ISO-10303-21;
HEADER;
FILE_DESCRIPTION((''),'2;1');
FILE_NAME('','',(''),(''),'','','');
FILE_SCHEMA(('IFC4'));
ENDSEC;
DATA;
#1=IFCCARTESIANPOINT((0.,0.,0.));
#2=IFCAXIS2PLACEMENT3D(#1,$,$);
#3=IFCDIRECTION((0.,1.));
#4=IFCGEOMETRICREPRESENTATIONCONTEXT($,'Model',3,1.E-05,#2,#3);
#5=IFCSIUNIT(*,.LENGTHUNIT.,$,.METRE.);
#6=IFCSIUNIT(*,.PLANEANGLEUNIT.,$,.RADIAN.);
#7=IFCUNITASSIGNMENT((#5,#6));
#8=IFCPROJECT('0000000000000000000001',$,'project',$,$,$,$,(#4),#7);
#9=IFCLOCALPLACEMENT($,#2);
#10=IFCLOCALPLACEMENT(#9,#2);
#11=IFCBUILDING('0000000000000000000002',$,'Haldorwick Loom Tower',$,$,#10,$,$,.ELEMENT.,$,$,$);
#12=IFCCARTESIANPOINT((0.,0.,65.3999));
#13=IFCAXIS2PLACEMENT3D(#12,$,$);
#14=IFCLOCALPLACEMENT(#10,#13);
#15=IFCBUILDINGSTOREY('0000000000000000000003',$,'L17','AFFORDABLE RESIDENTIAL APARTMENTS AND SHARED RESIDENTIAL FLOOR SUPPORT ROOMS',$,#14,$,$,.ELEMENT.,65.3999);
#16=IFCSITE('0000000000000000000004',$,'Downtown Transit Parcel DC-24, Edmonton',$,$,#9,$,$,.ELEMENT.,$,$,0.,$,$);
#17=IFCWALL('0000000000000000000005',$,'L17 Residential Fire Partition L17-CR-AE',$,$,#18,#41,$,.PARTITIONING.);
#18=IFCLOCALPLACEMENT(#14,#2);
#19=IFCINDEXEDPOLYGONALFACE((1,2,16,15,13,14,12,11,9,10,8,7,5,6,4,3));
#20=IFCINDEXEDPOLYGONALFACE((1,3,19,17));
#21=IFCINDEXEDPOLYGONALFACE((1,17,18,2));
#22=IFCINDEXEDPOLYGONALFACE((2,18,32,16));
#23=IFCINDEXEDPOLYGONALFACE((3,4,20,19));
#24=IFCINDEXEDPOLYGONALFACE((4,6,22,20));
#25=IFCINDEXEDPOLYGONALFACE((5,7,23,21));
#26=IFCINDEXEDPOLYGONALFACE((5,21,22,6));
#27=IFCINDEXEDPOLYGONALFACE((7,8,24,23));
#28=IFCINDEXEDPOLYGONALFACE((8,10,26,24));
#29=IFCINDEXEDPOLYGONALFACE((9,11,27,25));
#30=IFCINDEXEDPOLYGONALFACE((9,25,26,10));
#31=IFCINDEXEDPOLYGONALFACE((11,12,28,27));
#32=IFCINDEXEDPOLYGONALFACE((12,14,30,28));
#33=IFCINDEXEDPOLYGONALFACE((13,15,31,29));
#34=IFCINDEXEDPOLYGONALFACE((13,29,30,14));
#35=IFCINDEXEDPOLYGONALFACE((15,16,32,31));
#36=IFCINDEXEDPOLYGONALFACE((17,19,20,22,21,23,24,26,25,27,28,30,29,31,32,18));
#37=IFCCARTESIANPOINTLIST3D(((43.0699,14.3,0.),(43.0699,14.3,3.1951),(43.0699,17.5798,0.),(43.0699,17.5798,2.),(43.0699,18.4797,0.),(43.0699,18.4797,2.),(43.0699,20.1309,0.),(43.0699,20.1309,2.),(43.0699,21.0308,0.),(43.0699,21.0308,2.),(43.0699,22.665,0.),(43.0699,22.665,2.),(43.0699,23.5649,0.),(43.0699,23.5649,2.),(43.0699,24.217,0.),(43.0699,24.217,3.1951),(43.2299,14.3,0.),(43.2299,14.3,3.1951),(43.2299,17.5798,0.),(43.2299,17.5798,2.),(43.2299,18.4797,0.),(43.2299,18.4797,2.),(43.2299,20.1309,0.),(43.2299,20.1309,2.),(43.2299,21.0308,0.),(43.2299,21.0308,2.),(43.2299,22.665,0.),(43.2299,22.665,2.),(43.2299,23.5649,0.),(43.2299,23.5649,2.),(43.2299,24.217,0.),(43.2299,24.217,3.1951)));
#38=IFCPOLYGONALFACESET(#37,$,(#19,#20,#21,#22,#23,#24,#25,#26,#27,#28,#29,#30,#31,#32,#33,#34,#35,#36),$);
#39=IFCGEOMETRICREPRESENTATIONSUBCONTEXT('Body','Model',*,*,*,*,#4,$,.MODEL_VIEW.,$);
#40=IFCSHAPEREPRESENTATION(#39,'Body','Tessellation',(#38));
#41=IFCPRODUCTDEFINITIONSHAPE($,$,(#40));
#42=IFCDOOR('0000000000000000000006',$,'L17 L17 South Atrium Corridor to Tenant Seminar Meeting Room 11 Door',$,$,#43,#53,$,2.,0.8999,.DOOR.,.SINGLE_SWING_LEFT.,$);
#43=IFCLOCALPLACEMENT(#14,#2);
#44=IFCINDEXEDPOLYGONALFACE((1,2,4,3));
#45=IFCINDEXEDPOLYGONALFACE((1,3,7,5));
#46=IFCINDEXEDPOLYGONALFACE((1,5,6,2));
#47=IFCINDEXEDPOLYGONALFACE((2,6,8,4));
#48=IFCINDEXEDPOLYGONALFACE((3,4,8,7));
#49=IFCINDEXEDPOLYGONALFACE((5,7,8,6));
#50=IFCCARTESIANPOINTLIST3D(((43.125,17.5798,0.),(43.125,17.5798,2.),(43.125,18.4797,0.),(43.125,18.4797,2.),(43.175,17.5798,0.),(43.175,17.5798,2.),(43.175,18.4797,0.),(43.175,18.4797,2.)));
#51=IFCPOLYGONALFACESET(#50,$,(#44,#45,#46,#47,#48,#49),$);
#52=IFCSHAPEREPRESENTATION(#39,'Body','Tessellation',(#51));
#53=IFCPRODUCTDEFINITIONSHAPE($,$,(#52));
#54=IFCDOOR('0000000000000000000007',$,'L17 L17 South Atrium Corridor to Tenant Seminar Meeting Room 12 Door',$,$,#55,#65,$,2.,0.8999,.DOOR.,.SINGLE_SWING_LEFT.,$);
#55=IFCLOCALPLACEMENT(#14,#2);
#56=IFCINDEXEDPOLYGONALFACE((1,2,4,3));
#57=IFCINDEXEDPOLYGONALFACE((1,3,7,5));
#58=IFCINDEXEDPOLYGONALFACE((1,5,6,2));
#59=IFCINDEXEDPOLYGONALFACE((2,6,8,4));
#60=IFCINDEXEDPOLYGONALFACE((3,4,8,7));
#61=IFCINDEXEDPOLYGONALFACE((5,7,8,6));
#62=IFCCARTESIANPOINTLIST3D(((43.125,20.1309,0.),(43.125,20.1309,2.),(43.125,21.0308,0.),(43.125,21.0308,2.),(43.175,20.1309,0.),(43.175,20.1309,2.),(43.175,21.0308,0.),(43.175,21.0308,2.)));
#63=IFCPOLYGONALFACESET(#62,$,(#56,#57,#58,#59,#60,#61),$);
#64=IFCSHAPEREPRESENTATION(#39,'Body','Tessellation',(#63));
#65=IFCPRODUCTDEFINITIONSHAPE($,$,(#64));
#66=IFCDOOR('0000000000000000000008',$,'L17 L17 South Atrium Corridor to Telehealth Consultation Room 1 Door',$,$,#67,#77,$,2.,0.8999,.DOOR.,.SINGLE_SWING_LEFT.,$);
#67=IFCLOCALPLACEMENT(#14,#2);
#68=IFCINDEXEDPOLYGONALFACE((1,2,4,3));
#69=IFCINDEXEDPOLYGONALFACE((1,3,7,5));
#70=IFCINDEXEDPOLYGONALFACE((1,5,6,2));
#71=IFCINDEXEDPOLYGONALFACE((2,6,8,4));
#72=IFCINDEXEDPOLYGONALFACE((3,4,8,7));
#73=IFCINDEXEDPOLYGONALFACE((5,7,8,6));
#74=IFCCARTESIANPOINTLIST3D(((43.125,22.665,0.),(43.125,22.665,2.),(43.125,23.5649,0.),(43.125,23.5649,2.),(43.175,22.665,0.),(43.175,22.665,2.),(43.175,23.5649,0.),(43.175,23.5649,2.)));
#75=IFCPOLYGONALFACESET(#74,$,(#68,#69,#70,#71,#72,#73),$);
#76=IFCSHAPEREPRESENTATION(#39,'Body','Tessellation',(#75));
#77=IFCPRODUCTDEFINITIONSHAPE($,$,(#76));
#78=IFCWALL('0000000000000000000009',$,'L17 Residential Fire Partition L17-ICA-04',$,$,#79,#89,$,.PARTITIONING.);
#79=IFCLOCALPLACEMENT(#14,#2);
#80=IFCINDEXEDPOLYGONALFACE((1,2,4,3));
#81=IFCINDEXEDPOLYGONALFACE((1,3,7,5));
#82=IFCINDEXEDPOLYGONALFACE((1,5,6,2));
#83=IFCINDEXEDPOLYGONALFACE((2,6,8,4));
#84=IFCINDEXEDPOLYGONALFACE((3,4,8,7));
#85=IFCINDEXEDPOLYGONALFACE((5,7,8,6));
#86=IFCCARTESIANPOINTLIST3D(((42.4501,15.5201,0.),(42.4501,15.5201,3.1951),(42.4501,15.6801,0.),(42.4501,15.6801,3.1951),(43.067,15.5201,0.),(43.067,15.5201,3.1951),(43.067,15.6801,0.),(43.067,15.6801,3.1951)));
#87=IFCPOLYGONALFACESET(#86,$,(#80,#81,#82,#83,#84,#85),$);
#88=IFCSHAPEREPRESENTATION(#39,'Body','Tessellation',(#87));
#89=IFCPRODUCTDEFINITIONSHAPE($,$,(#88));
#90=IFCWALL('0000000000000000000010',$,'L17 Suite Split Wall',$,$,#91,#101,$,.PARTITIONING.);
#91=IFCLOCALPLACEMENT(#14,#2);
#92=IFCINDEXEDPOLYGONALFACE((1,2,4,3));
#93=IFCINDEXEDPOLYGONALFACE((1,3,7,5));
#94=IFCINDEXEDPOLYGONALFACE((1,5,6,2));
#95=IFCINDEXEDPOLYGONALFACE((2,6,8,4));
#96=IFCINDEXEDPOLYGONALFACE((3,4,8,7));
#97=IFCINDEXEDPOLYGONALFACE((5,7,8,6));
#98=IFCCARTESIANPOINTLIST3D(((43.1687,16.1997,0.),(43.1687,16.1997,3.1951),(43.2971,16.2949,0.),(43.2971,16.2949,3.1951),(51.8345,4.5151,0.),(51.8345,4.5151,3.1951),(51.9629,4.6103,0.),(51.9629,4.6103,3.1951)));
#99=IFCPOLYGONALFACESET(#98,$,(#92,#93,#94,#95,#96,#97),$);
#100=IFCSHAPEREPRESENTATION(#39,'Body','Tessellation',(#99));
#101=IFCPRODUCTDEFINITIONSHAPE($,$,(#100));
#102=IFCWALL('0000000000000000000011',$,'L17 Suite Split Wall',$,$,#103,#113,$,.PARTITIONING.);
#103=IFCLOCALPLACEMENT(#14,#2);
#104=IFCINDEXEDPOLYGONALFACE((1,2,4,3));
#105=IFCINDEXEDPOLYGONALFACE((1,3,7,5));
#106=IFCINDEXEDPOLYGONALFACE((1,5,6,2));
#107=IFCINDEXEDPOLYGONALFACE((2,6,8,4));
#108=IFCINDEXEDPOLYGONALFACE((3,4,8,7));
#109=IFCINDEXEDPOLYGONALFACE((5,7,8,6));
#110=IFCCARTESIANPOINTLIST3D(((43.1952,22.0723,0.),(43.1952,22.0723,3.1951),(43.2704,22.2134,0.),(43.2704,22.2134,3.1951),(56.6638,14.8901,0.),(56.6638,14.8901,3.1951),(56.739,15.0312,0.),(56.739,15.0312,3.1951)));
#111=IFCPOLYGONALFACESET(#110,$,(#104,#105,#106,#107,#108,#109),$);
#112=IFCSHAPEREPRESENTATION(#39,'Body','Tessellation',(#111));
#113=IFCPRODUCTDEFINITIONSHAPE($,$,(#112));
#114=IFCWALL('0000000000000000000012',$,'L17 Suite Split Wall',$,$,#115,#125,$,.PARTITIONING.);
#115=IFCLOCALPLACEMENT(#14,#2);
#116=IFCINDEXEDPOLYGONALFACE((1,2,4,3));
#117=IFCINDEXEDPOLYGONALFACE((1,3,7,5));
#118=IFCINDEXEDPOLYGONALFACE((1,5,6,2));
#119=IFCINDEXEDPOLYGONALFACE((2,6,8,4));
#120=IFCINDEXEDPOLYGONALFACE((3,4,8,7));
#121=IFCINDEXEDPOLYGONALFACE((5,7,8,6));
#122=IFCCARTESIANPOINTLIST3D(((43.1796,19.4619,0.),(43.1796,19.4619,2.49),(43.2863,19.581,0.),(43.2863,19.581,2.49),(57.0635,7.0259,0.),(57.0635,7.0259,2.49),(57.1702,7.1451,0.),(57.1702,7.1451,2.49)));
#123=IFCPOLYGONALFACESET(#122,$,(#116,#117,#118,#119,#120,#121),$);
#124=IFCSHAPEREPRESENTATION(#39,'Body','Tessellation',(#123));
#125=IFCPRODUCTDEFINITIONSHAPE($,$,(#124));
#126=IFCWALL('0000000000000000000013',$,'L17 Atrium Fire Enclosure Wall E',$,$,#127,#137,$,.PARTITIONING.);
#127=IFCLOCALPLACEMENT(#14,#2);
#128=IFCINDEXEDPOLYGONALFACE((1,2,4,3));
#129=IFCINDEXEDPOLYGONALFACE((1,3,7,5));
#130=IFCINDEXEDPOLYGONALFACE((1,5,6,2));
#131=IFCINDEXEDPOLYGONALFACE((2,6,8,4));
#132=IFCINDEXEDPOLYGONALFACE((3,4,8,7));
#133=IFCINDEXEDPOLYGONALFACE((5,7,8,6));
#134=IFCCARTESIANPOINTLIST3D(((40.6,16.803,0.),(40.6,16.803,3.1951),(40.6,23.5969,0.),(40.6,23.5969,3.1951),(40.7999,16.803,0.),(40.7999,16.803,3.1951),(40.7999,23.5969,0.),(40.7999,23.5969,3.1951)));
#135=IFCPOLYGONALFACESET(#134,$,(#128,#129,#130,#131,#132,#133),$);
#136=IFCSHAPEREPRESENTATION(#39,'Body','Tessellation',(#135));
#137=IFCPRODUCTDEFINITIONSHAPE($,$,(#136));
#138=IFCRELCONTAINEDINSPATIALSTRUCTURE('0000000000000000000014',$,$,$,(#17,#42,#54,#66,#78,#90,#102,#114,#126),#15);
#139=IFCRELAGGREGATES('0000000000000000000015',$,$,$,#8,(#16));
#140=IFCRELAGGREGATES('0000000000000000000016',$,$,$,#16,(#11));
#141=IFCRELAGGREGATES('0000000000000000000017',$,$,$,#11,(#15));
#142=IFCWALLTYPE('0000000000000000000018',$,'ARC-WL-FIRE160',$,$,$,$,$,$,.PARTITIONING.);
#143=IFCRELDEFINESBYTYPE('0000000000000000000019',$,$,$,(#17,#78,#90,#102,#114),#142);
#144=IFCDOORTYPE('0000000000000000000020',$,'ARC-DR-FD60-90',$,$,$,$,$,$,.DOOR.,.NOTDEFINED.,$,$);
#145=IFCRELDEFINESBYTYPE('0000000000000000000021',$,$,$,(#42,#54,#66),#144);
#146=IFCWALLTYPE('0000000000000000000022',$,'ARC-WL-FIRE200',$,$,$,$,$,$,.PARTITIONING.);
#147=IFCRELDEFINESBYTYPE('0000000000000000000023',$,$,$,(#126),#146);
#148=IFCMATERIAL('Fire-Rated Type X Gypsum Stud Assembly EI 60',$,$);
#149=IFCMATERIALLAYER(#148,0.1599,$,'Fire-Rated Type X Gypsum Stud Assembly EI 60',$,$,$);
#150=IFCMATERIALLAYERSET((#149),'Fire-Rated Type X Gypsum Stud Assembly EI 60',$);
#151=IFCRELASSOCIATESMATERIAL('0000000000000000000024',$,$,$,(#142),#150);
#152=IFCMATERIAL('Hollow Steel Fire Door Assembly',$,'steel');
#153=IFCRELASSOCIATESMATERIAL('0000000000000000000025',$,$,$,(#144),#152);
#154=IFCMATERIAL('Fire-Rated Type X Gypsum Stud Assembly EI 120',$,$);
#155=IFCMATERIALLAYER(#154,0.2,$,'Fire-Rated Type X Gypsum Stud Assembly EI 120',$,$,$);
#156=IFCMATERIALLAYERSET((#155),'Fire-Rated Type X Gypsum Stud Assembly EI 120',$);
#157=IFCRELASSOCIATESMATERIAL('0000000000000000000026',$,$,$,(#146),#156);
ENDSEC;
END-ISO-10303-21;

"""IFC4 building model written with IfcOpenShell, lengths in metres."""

from ifc_helpers import new_model, si_unit, direction, frame, frame_2d, origin, place, context, subcontext, project, spatial, rectangle, extrude, material, layer, layer_set, type_object, element, fill, save


model = new_model("IFC4")

# Units and contexts
model_context = context("Model", 3, precision=1e-05, world=origin(), true_north=direction((0.0, 1.0)))
body_context = subcontext(model_context, "Body", "Model", "MODEL_VIEW")
ifc_project = project(units=[si_unit("LENGTHUNIT", "METRE"), si_unit("PLANEANGLEUNIT", "RADIAN")], contexts=[model_context])

# Site, building, storey
site_placement = place(None, origin())
site = spatial("IfcSite", under=ifc_project, at=site_placement, Name="Downtown Transit Parcel DC-24, Edmonton", CompositionType="ELEMENT", RefElevation=0.0)
building_placement = place(site_placement, origin())
building = spatial("IfcBuilding", under=site, at=building_placement, Name="Haldorwick Loom Tower", CompositionType="ELEMENT")
storey_placement = place(building_placement, frame((0.0, 0.0, 65.3999)))
storey = spatial("IfcBuildingStorey", under=building, at=storey_placement, Name="L17", Description="AFFORDABLE RESIDENTIAL APARTMENTS AND SHARED RESIDENTIAL FLOOR SUPPORT ROOMS", CompositionType="ELEMENT", Elevation=65.3999)

# Wall, openings, doors
ifc_material_1 = material(Name="Fire-Rated Type X Gypsum Stud Assembly EI 60")
ifc_layer_1 = layer(ifc_material_1, 0.1599, Name="Fire-Rated Type X Gypsum Stud Assembly EI 60")
ifc_layer_set_1 = layer_set([ifc_layer_1], Name="Fire-Rated Type X Gypsum Stud Assembly EI 60")
wall_type_1 = type_object("IfcWallType", Name="ARC-WL-FIRE160", PredefinedType="PARTITIONING", material=ifc_layer_set_1)
wall_1_placement = place(storey_placement, frame((43.1499, 14.3, 0.0), z_axis=(0.0, 0.0, 1.0), x_axis=(0.0, 1.0, 0.0)))
wall_1 = element("IfcWall", 1, at=wall_1_placement, inside=storey, type_object=wall_type_1, Name="L17 Residential Fire Partition L17-CR-AE", PredefinedType="PARTITIONING", context=body_context, shape_type="SweptSolid", body=[
    extrude(rectangle(XDim=9.917, YDim=0.1599, at=frame_2d((4.9585, 0.0))), origin(), (0.0, 0.0, 1.0), 3.1951),
])
opening_1_placement = place(wall_1_placement, frame((3.2798, 0.0, 0.0)))
opening_1 = element("IfcOpeningElement", 2, at=opening_1_placement, cuts=wall_1, PredefinedType="OPENING", context=body_context, shape_type="SweptSolid", body=[
    extrude(rectangle(XDim=0.8999, YDim=2.0, at=frame_2d((0.45, 1.0))), frame((0.0, 0.0898, 0.0), z_axis=(0.0, -1.0, 0.0), x_axis=(1.0, 0.0, 0.0)), (0.0, 0.0, 1.0), 0.1799),
])
opening_2_placement = place(wall_1_placement, frame((5.8308, 0.0, 0.0)))
opening_2 = element("IfcOpeningElement", 3, at=opening_2_placement, cuts=wall_1, PredefinedType="OPENING", context=body_context, shape_type="SweptSolid", body=[
    extrude(rectangle(XDim=0.8999, YDim=2.0, at=frame_2d((0.45, 1.0))), frame((0.0, 0.0898, 0.0), z_axis=(0.0, -1.0, 0.0), x_axis=(1.0, 0.0, 0.0)), (0.0, 0.0, 1.0), 0.1799),
])
opening_3_placement = place(wall_1_placement, frame((8.365, 0.0, 0.0)))
opening_3 = element("IfcOpeningElement", 4, at=opening_3_placement, cuts=wall_1, PredefinedType="OPENING", context=body_context, shape_type="SweptSolid", body=[
    extrude(rectangle(XDim=0.8999, YDim=2.0, at=frame_2d((0.45, 1.0))), frame((0.0, 0.0898, 0.0), z_axis=(0.0, -1.0, 0.0), x_axis=(1.0, 0.0, 0.0)), (0.0, 0.0, 1.0), 0.1799),
])
ifc_material_2 = material(Name="Hollow Steel Fire Door Assembly", Category="steel")
door_type = type_object("IfcDoorType", Name="ARC-DR-FD60-90", OperationType="NOTDEFINED", PredefinedType="DOOR", material=ifc_material_2)
door_1_placement = place(opening_1_placement, origin())
door_1 = element("IfcDoor", 5, at=door_1_placement, inside=storey, type_object=door_type, Name="L17 L17 South Atrium Corridor to Tenant Seminar Meeting Room 11 Door", OperationType="SINGLE_SWING_LEFT", OverallHeight=2.0, OverallWidth=0.8999, PredefinedType="DOOR", context=body_context, shape_type="SweptSolid", body=[
    extrude(rectangle(XDim=0.8999, YDim=2.0, at=frame_2d((0.45, 1.0))), frame((0.0, 0.0249, 0.0), z_axis=(0.0, -1.0, 0.0), x_axis=(1.0, 0.0, 0.0)), (0.0, 0.0, 1.0), 0.05),
])
fill(opening_1, door_1)
door_2_placement = place(opening_2_placement, origin())
door_2 = element("IfcDoor", 6, at=door_2_placement, inside=storey, type_object=door_type, Name="L17 L17 South Atrium Corridor to Tenant Seminar Meeting Room 12 Door", OperationType="SINGLE_SWING_LEFT", OverallHeight=2.0, OverallWidth=0.8999, PredefinedType="DOOR", context=body_context, shape_type="SweptSolid", body=[
    extrude(rectangle(XDim=0.8999, YDim=2.0, at=frame_2d((0.45, 1.0))), frame((0.0, 0.0249, 0.0), z_axis=(0.0, -1.0, 0.0), x_axis=(1.0, 0.0, 0.0)), (0.0, 0.0, 1.0), 0.05),
])
fill(opening_2, door_2)
door_3_placement = place(opening_3_placement, origin())
door_3 = element("IfcDoor", 7, at=door_3_placement, inside=storey, type_object=door_type, Name="L17 L17 South Atrium Corridor to Telehealth Consultation Room 1 Door", OperationType="SINGLE_SWING_LEFT", OverallHeight=2.0, OverallWidth=0.8999, PredefinedType="DOOR", context=body_context, shape_type="SweptSolid", body=[
    extrude(rectangle(XDim=0.8999, YDim=2.0, at=frame_2d((0.45, 1.0))), frame((0.0, 0.0249, 0.0), z_axis=(0.0, -1.0, 0.0), x_axis=(1.0, 0.0, 0.0)), (0.0, 0.0, 1.0), 0.05),
])
fill(opening_3, door_3)

# Walls
wall_2_placement = place(storey_placement, frame((42.45, 15.6001, 0.0), z_axis=(0.0, 0.0, 1.0), x_axis=(1.0, 0.0, 0.0)))
element("IfcWall", 8, at=wall_2_placement, inside=storey, type_object=wall_type_1, Name="L17 Residential Fire Partition L17-ICA-04", PredefinedType="PARTITIONING", context=body_context, shape_type="SweptSolid", body=[
    extrude(rectangle(XDim=0.6169, YDim=0.1599, at=frame_2d((0.3086, 0.0))), origin(), (0.0, 0.0, 1.0), 3.1951),
])
wall_3_placement = place(storey_placement, frame((43.2329, 16.2473, 0.0), z_axis=(0.0, 0.0, 1.0), x_axis=(0.595695, -0.803211, 0.0)))
element("IfcWall", 9, at=wall_3_placement, inside=storey, type_object=wall_type_1, Name="L17 Suite Split Wall", PredefinedType="PARTITIONING", context=body_context, shape_type="SweptSolid", body=[
    extrude(rectangle(XDim=14.5474, YDim=0.1599, at=frame_2d((7.2737, 0.0))), origin(), (0.0, 0.0, 1.0), 3.1951),
])
wall_4_placement = place(storey_placement, frame((43.2329, 22.1428, 0.0), z_axis=(0.0, 0.0, 1.0), x_axis=(0.882382, -0.470533, 0.0)))
element("IfcWall", 10, at=wall_4_placement, inside=storey, type_object=wall_type_1, Name="L17 Suite Split Wall", PredefinedType="PARTITIONING", context=body_context, shape_type="SweptSolid", body=[
    extrude(rectangle(XDim=15.2639, YDim=0.1599, at=frame_2d((7.6318, 0.0))), origin(), (0.0, 0.0, 1.0), 3.1951),
])
wall_5_placement = place(storey_placement, frame((43.2329, 19.5215, 0.0), z_axis=(0.0, 0.0, 1.0), x_axis=(0.744882, -0.667196, 0.0)))
element("IfcWall", 11, at=wall_5_placement, inside=storey, type_object=wall_type_1, Name="L17 Suite Split Wall", PredefinedType="PARTITIONING", context=body_context, shape_type="SweptSolid", body=[
    extrude(rectangle(XDim=18.6392, YDim=0.1599, at=frame_2d((9.3196, 0.0))), origin(), (0.0, 0.0, 1.0), 2.49),
])
ifc_material_3 = material(Name="Fire-Rated Type X Gypsum Stud Assembly EI 120")
ifc_layer_2 = layer(ifc_material_3, 0.2, Name="Fire-Rated Type X Gypsum Stud Assembly EI 120")
ifc_layer_set_2 = layer_set([ifc_layer_2], Name="Fire-Rated Type X Gypsum Stud Assembly EI 120")
wall_type_2 = type_object("IfcWallType", Name="ARC-WL-FIRE200", PredefinedType="PARTITIONING", material=ifc_layer_set_2)
wall_6_placement = place(storey_placement, frame((40.7, 23.5969, 0.0), z_axis=(0.0, 0.0, 1.0), x_axis=(0.0, -1.0, 0.0)))
element("IfcWall", 12, at=wall_6_placement, inside=storey, type_object=wall_type_2, Name="L17 Atrium Fire Enclosure Wall E", PredefinedType="PARTITIONING", context=body_context, shape_type="SweptSolid", body=[
    extrude(rectangle(XDim=6.7939, YDim=0.2, at=frame_2d((3.397, 0.0))), origin(), (0.0, 0.0, 1.0), 3.1951),
])

save(model, "model.ifc")
